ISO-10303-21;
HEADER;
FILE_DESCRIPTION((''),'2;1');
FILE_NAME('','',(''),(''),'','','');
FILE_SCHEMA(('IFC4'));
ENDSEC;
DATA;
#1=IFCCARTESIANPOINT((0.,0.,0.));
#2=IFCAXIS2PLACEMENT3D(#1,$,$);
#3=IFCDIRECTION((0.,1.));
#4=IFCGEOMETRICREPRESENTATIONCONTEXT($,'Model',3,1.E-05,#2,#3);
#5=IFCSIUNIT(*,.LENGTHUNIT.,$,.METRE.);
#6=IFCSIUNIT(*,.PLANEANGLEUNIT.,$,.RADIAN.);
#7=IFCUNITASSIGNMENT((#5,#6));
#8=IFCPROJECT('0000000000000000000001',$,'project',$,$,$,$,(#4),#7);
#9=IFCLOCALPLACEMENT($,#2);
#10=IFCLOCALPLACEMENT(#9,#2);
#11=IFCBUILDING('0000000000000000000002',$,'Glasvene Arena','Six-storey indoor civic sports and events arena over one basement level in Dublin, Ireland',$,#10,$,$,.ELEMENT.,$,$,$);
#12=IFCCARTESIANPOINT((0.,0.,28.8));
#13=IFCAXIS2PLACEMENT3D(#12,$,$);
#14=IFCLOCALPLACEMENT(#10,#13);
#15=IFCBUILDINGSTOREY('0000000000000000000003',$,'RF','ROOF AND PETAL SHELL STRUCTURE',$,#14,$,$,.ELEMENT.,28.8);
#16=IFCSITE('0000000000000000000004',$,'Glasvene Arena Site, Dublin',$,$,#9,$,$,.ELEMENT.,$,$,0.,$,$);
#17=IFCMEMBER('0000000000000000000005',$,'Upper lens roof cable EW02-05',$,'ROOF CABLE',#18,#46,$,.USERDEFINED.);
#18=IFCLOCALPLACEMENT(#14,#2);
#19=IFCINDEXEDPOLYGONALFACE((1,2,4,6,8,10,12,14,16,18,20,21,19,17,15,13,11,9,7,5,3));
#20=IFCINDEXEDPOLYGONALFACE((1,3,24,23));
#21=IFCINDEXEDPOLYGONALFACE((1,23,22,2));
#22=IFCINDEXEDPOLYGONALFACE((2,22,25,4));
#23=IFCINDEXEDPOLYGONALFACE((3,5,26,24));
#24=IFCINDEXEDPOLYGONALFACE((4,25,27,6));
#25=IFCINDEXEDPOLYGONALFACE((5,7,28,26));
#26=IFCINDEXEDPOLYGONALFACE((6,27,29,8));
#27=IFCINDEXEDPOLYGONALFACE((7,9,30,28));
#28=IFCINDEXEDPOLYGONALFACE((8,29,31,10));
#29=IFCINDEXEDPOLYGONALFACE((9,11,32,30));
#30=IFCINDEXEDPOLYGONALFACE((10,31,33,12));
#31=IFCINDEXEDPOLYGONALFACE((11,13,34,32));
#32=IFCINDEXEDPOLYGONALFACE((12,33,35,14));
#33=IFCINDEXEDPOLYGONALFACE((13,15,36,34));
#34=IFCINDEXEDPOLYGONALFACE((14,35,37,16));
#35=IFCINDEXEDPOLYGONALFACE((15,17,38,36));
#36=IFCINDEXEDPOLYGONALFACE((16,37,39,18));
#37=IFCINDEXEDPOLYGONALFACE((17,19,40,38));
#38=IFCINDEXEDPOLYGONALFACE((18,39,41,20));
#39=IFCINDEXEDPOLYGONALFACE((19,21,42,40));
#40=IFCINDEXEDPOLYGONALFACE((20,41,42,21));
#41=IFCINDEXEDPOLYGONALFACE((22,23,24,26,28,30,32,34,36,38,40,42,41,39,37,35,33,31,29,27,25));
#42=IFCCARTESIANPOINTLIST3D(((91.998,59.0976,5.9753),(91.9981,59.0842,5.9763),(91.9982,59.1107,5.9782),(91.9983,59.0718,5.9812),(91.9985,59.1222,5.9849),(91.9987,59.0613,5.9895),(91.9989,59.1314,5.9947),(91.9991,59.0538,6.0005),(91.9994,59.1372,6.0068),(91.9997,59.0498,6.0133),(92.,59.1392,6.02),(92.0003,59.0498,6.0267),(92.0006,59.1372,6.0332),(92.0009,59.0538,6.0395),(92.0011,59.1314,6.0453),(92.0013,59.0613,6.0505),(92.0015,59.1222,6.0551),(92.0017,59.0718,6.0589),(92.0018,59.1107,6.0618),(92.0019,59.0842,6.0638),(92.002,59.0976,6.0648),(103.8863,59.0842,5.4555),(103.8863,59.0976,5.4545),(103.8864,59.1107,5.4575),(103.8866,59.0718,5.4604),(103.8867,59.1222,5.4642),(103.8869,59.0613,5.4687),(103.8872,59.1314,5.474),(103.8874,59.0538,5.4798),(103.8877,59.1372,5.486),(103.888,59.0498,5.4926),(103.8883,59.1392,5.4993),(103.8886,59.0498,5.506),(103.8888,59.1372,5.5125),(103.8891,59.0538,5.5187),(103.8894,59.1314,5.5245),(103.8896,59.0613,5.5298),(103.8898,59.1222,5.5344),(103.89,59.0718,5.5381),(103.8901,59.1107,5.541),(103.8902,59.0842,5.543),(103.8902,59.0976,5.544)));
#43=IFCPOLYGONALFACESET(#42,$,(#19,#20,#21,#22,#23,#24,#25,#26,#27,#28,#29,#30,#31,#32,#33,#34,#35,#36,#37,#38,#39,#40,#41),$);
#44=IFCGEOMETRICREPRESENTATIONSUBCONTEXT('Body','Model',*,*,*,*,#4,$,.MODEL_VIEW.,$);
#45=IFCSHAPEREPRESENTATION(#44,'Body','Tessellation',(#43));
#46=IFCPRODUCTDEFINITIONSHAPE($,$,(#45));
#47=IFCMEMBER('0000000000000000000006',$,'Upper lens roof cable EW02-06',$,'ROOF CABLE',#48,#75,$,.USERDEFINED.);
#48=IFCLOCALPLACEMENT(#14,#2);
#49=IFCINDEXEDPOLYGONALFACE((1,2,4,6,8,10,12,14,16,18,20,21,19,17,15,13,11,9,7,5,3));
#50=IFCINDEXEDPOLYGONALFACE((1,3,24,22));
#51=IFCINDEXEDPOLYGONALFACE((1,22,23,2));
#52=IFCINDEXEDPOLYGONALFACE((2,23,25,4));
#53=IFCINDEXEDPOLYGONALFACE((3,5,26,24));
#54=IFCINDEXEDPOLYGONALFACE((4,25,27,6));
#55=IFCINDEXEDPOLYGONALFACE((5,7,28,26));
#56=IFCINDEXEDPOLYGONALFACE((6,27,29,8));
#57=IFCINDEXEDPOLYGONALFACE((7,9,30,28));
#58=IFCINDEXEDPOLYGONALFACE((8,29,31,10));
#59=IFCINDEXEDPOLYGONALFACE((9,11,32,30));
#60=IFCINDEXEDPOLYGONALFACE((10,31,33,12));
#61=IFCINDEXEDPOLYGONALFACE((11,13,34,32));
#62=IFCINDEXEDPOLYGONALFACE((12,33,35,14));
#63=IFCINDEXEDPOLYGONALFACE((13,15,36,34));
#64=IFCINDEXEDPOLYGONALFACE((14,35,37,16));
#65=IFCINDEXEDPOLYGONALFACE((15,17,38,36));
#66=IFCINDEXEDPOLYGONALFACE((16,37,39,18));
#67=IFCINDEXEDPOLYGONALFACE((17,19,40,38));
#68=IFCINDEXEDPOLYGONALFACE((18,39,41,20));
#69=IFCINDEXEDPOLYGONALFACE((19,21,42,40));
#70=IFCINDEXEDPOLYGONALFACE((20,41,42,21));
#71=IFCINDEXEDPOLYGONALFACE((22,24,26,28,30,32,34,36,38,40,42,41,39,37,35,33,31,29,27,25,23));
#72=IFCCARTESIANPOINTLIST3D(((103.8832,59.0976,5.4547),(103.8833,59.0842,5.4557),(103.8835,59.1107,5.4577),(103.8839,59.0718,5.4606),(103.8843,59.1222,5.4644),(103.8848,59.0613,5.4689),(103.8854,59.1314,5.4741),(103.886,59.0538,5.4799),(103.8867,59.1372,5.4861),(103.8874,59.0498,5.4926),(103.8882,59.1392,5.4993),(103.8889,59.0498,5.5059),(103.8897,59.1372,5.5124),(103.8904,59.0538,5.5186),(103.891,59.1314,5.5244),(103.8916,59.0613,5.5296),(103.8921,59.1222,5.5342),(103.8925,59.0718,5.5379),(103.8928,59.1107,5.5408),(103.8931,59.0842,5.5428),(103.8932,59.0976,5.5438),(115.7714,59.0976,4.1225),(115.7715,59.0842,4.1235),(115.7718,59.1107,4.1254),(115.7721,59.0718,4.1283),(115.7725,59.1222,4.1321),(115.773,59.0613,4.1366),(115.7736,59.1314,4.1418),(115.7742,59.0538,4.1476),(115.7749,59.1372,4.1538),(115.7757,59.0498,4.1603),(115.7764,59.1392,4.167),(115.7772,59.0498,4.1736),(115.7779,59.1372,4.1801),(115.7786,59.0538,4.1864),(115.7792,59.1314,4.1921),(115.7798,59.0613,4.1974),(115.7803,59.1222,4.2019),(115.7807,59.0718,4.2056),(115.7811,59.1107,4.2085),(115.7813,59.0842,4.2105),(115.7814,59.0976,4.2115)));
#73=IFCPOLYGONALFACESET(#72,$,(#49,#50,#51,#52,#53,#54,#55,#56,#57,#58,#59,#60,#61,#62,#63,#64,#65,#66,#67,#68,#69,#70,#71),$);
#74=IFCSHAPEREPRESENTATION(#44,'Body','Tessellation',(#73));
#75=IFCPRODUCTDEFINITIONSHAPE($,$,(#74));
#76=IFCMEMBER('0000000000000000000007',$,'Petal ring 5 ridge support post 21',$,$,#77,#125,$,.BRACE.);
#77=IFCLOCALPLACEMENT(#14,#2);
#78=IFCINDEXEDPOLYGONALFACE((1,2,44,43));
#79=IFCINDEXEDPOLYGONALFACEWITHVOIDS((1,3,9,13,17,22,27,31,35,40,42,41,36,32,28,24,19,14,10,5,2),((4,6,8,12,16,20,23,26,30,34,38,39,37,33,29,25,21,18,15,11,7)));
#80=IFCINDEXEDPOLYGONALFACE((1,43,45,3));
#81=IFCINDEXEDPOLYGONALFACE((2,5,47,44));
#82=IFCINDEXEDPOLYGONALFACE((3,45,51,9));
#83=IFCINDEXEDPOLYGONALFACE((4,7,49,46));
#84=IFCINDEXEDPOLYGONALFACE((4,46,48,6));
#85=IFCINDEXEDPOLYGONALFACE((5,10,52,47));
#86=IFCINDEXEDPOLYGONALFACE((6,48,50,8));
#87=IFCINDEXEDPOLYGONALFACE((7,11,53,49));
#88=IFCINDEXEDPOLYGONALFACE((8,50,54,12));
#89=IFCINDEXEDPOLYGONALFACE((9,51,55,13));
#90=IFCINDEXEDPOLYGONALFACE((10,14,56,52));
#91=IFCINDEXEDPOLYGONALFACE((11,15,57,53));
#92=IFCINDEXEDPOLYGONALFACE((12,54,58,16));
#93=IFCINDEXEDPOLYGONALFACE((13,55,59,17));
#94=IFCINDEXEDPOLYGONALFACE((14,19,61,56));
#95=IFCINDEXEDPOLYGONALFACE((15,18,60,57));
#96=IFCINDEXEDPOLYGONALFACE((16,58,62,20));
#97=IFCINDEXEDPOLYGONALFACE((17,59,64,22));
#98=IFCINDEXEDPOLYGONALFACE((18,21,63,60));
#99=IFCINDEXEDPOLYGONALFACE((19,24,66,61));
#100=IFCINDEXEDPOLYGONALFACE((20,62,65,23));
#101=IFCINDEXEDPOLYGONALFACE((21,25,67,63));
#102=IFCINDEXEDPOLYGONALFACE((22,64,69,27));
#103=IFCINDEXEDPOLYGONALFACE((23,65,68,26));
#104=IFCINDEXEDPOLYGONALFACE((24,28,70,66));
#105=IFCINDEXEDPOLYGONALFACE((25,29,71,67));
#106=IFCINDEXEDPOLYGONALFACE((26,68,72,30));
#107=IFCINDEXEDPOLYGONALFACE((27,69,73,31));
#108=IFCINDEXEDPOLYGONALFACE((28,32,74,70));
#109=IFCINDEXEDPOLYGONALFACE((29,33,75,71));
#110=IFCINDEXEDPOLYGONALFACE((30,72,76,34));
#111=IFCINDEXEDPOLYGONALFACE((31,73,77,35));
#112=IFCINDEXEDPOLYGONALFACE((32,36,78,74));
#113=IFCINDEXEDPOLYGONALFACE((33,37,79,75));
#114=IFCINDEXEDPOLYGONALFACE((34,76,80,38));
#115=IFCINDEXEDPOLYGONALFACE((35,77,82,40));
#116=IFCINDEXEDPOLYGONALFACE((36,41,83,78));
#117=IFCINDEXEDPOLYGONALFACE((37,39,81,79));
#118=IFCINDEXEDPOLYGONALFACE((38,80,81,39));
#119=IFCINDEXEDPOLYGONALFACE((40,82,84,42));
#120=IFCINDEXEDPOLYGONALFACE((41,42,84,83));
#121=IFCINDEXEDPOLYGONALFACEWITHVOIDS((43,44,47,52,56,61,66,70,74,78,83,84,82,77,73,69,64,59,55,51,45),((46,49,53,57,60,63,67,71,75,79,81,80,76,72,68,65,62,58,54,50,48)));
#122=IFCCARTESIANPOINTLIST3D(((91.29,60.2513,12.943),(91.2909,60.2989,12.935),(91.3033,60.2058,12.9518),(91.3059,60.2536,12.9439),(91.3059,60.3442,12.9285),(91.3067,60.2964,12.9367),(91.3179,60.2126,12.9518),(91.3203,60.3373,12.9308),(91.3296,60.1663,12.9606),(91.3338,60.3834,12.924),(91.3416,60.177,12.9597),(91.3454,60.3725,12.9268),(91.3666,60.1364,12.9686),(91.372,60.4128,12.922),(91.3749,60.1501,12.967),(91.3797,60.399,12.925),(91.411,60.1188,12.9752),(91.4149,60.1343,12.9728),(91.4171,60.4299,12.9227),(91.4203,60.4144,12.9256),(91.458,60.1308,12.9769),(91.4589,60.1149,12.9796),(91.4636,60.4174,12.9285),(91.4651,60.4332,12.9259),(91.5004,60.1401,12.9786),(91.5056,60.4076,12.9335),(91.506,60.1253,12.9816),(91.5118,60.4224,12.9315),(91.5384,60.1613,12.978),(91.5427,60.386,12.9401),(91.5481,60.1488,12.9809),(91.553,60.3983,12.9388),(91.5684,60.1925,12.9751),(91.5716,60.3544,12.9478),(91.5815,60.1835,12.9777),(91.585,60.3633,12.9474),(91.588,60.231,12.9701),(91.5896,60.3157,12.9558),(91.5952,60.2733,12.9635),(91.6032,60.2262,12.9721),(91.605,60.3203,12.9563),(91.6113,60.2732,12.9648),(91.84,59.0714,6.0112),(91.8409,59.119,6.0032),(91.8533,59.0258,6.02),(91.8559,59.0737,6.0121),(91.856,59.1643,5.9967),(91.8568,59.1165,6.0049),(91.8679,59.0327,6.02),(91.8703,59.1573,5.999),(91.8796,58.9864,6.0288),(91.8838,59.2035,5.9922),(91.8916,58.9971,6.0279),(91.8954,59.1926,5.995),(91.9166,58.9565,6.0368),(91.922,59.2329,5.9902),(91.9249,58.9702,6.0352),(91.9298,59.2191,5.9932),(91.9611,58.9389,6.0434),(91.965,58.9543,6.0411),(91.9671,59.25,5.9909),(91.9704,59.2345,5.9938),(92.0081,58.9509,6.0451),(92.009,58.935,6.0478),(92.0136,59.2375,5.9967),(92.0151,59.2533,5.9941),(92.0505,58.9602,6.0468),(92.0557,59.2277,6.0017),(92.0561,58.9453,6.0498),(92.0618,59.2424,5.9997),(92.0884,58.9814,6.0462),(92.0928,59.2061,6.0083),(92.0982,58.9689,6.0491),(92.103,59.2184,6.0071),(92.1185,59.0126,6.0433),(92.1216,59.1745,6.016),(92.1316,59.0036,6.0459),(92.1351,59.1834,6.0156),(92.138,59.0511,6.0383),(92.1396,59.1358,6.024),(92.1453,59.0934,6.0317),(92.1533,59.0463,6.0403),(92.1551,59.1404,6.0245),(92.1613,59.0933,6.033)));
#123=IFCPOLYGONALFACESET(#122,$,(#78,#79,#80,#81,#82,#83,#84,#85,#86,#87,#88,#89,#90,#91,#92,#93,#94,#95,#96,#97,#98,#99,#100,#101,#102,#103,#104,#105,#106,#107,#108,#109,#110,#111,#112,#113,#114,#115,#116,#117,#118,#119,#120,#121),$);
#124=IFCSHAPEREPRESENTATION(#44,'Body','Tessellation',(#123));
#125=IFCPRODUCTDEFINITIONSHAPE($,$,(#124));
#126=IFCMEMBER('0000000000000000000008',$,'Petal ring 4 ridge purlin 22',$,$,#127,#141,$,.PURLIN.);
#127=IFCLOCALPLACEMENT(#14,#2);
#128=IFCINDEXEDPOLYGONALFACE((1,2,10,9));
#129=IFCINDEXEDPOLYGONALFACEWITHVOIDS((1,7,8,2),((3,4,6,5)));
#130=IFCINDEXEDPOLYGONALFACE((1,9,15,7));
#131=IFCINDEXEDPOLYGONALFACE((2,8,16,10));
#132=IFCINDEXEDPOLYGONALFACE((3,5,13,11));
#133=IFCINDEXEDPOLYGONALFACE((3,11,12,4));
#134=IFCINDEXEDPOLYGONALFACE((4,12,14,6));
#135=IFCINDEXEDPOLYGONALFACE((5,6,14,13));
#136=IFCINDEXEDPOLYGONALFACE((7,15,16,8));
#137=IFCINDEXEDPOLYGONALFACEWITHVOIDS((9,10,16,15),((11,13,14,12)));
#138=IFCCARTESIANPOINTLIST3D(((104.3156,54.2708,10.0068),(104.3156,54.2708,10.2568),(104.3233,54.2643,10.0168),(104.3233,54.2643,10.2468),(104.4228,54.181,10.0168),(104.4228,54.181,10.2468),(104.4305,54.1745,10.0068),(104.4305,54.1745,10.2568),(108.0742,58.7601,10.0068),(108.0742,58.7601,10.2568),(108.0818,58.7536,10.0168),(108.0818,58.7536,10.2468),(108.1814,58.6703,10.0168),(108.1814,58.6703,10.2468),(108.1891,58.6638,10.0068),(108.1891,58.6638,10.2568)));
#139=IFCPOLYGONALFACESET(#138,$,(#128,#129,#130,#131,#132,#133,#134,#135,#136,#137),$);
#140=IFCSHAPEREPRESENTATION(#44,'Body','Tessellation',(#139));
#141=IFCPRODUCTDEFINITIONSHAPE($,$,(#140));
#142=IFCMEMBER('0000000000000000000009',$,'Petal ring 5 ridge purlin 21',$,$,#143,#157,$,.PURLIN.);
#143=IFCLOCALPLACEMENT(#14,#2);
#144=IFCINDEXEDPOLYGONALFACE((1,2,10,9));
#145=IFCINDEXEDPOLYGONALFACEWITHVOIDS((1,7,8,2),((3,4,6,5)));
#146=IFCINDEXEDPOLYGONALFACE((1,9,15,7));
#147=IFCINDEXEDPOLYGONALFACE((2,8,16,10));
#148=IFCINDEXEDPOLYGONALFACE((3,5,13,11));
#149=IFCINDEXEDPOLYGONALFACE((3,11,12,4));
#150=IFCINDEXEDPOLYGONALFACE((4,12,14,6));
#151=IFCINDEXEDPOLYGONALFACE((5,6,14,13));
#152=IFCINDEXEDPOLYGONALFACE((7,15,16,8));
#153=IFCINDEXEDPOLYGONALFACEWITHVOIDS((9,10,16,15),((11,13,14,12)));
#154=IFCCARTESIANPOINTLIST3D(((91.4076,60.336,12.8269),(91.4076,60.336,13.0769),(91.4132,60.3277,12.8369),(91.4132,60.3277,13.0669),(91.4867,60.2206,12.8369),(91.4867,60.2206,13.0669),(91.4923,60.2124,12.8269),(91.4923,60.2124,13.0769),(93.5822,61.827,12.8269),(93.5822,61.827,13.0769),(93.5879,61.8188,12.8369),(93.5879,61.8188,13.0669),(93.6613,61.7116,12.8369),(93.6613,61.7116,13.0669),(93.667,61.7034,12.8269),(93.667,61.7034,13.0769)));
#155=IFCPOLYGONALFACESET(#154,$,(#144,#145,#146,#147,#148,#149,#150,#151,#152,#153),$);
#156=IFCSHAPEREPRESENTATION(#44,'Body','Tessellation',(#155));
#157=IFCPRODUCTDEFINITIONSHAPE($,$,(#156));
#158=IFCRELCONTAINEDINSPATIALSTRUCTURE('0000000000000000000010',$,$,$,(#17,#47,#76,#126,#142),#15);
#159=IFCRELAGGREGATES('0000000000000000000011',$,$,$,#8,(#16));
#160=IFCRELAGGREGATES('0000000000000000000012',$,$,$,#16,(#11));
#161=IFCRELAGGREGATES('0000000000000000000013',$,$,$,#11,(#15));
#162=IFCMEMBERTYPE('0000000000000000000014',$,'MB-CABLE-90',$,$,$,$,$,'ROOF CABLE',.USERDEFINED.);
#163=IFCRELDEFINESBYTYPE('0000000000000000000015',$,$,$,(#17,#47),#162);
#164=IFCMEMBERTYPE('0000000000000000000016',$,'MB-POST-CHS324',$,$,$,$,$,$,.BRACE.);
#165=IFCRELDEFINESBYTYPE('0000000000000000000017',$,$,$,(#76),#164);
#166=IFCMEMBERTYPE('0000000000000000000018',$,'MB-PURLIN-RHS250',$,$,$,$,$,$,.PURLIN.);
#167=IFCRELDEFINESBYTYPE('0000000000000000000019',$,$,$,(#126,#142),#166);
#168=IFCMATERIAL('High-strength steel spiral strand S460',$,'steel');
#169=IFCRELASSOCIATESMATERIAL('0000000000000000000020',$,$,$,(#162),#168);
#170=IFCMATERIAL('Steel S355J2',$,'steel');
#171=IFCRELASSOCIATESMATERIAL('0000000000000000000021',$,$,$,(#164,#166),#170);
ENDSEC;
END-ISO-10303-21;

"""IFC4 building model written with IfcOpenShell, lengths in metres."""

from ifc_helpers import new_model, si_unit, direction, frame, origin, origin_2d, place, context, subcontext, project, spatial, hollow_rectangle, circle, hollow_circle, extrude, material, material_profile, profile_set, type_object, element, save


model = new_model("IFC4")

# Units and contexts
model_context = context("Model", 3, precision=1e-05, world=origin(), true_north=direction((0.0, 1.0)))
body_context = subcontext(model_context, "Body", "Model", "MODEL_VIEW")
ifc_project = project(units=[si_unit("LENGTHUNIT", "METRE"), si_unit("PLANEANGLEUNIT", "RADIAN")], contexts=[model_context])

# Site, building, storey
site_placement = place(None, origin())
site = spatial("IfcSite", under=ifc_project, at=site_placement, Name="Glasvene Arena Site, Dublin", CompositionType="ELEMENT", RefElevation=0.0)
building_placement = place(site_placement, origin())
building = spatial("IfcBuilding", under=site, at=building_placement, Name="Glasvene Arena", Description="Six-storey indoor civic sports and events arena over one basement level in Dublin, Ireland", CompositionType="ELEMENT")
storey_placement = place(building_placement, frame((0.0, 0.0, 28.8)))
storey = spatial("IfcBuildingStorey", under=building, at=storey_placement, Name="RF", Description="ROOF AND PETAL SHELL STRUCTURE", CompositionType="ELEMENT", Elevation=28.8)

# Shared definitions
ifc_material_1 = material(Name="Steel S355J2", Category="steel")

# Members
ifc_material_2 = material(Name="High-strength steel spiral strand S460", Category="steel")
ifc_material_profile_1 = material_profile(ifc_material_2, circle(Radius=0.0449, at=origin_2d()), Name="LCSS D90")
ifc_profile_set_1 = profile_set([ifc_material_profile_1], Name="High-strength steel spiral strand S460")
member_type_1 = type_object("IfcMemberType", Name="MB-CABLE-90", ElementType="ROOF CABLE", PredefinedType="USERDEFINED", material=ifc_profile_set_1)
member_1_placement = place(storey_placement, frame((92.0, 59.0942, 6.02), z_axis=(0.999042, 0.0, -0.043762), x_axis=(0.0, 1.0, 0.0)))
element("IfcMember", 1, at=member_1_placement, inside=storey, type_object=member_type_1, Name="Upper lens roof cable EW02-05", ObjectType="ROOF CABLE", PredefinedType="USERDEFINED", context=body_context, shape_type="SweptSolid", body=[
    extrude(circle(Radius=0.0449, at=origin_2d()), origin(), (0.0, 0.0, 1.0), 11.8997),
])
member_2_placement = place(storey_placement, frame((103.8882, 59.0942, 5.4993), z_axis=(0.993779, 0.0, -0.11137), x_axis=(0.0, 1.0, 0.0)))
element("IfcMember", 2, at=member_2_placement, inside=storey, type_object=member_type_1, Name="Upper lens roof cable EW02-06", ObjectType="ROOF CABLE", PredefinedType="USERDEFINED", context=body_context, shape_type="SweptSolid", body=[
    extrude(circle(Radius=0.0449, at=origin_2d()), origin(), (0.0, 0.0, 1.0), 11.9626),
])
ifc_material_profile_2 = material_profile(ifc_material_1, hollow_circle(Radius=0.1619, WallThickness=0.0161, at=origin_2d()), Name="CHS 323.9x16.0")
ifc_profile_set_2 = profile_set([ifc_material_profile_2], Name="Steel S355J2")
member_type_2 = type_object("IfcMemberType", Name="MB-POST-CHS324", PredefinedType="BRACE", material=ifc_profile_set_2)
member_3_placement = place(storey_placement, frame((92.0, 59.0942, 6.02), z_axis=(-0.077987, 0.167293, 0.982818), x_axis=(-0.906356, -0.422516, 0.0)))
element("IfcMember", 3, at=member_3_placement, inside=storey, type_object=member_type_2, Name="Petal ring 5 ridge support post 21", PredefinedType="BRACE", context=body_context, shape_type="SweptSolid", body=[
    extrude(hollow_circle(Radius=0.1619, WallThickness=0.0161, at=origin_2d()), origin(), (0.0, 0.0, 1.0), 7.053),
])
ifc_material_profile_3 = material_profile(ifc_material_1, hollow_rectangle(XDim=0.1499, YDim=0.25, WallThickness=0.01, at=origin_2d()), Name="RHS 250x150x10.0")
ifc_profile_set_3 = profile_set([ifc_material_profile_3], Name="Steel S355J2")
member_type_3 = type_object("IfcMemberType", Name="MB-PURLIN-RHS250", PredefinedType="PURLIN", material=ifc_profile_set_3)
member_4_placement = place(storey_placement, frame((104.373, 54.2227, 10.1318), z_axis=(0.641946, 0.76675, 0.0), x_axis=(-0.76675, 0.641946, 0.0)))
element("IfcMember", 4, at=member_4_placement, inside=storey, type_object=member_type_3, Name="Petal ring 4 ridge purlin 22", PredefinedType="PURLIN", context=body_context, shape_type="SweptSolid", body=[
    extrude(hollow_rectangle(XDim=0.1499, YDim=0.25, WallThickness=0.01, at=origin_2d()), origin(), (0.0, 0.0, 1.0), 5.855),
])
member_5_placement = place(storey_placement, frame((91.45, 60.2742, 12.9519), z_axis=(0.824757, 0.565487, 0.0), x_axis=(-0.565487, 0.824757, 0.0)))
element("IfcMember", 5, at=member_5_placement, inside=storey, type_object=member_type_3, Name="Petal ring 5 ridge purlin 21", PredefinedType="PURLIN", context=body_context, shape_type="SweptSolid", body=[
    extrude(hollow_rectangle(XDim=0.1499, YDim=0.25, WallThickness=0.01, at=origin_2d()), origin(), (0.0, 0.0, 1.0), 2.6367),
])

save(model, "model.ifc")
